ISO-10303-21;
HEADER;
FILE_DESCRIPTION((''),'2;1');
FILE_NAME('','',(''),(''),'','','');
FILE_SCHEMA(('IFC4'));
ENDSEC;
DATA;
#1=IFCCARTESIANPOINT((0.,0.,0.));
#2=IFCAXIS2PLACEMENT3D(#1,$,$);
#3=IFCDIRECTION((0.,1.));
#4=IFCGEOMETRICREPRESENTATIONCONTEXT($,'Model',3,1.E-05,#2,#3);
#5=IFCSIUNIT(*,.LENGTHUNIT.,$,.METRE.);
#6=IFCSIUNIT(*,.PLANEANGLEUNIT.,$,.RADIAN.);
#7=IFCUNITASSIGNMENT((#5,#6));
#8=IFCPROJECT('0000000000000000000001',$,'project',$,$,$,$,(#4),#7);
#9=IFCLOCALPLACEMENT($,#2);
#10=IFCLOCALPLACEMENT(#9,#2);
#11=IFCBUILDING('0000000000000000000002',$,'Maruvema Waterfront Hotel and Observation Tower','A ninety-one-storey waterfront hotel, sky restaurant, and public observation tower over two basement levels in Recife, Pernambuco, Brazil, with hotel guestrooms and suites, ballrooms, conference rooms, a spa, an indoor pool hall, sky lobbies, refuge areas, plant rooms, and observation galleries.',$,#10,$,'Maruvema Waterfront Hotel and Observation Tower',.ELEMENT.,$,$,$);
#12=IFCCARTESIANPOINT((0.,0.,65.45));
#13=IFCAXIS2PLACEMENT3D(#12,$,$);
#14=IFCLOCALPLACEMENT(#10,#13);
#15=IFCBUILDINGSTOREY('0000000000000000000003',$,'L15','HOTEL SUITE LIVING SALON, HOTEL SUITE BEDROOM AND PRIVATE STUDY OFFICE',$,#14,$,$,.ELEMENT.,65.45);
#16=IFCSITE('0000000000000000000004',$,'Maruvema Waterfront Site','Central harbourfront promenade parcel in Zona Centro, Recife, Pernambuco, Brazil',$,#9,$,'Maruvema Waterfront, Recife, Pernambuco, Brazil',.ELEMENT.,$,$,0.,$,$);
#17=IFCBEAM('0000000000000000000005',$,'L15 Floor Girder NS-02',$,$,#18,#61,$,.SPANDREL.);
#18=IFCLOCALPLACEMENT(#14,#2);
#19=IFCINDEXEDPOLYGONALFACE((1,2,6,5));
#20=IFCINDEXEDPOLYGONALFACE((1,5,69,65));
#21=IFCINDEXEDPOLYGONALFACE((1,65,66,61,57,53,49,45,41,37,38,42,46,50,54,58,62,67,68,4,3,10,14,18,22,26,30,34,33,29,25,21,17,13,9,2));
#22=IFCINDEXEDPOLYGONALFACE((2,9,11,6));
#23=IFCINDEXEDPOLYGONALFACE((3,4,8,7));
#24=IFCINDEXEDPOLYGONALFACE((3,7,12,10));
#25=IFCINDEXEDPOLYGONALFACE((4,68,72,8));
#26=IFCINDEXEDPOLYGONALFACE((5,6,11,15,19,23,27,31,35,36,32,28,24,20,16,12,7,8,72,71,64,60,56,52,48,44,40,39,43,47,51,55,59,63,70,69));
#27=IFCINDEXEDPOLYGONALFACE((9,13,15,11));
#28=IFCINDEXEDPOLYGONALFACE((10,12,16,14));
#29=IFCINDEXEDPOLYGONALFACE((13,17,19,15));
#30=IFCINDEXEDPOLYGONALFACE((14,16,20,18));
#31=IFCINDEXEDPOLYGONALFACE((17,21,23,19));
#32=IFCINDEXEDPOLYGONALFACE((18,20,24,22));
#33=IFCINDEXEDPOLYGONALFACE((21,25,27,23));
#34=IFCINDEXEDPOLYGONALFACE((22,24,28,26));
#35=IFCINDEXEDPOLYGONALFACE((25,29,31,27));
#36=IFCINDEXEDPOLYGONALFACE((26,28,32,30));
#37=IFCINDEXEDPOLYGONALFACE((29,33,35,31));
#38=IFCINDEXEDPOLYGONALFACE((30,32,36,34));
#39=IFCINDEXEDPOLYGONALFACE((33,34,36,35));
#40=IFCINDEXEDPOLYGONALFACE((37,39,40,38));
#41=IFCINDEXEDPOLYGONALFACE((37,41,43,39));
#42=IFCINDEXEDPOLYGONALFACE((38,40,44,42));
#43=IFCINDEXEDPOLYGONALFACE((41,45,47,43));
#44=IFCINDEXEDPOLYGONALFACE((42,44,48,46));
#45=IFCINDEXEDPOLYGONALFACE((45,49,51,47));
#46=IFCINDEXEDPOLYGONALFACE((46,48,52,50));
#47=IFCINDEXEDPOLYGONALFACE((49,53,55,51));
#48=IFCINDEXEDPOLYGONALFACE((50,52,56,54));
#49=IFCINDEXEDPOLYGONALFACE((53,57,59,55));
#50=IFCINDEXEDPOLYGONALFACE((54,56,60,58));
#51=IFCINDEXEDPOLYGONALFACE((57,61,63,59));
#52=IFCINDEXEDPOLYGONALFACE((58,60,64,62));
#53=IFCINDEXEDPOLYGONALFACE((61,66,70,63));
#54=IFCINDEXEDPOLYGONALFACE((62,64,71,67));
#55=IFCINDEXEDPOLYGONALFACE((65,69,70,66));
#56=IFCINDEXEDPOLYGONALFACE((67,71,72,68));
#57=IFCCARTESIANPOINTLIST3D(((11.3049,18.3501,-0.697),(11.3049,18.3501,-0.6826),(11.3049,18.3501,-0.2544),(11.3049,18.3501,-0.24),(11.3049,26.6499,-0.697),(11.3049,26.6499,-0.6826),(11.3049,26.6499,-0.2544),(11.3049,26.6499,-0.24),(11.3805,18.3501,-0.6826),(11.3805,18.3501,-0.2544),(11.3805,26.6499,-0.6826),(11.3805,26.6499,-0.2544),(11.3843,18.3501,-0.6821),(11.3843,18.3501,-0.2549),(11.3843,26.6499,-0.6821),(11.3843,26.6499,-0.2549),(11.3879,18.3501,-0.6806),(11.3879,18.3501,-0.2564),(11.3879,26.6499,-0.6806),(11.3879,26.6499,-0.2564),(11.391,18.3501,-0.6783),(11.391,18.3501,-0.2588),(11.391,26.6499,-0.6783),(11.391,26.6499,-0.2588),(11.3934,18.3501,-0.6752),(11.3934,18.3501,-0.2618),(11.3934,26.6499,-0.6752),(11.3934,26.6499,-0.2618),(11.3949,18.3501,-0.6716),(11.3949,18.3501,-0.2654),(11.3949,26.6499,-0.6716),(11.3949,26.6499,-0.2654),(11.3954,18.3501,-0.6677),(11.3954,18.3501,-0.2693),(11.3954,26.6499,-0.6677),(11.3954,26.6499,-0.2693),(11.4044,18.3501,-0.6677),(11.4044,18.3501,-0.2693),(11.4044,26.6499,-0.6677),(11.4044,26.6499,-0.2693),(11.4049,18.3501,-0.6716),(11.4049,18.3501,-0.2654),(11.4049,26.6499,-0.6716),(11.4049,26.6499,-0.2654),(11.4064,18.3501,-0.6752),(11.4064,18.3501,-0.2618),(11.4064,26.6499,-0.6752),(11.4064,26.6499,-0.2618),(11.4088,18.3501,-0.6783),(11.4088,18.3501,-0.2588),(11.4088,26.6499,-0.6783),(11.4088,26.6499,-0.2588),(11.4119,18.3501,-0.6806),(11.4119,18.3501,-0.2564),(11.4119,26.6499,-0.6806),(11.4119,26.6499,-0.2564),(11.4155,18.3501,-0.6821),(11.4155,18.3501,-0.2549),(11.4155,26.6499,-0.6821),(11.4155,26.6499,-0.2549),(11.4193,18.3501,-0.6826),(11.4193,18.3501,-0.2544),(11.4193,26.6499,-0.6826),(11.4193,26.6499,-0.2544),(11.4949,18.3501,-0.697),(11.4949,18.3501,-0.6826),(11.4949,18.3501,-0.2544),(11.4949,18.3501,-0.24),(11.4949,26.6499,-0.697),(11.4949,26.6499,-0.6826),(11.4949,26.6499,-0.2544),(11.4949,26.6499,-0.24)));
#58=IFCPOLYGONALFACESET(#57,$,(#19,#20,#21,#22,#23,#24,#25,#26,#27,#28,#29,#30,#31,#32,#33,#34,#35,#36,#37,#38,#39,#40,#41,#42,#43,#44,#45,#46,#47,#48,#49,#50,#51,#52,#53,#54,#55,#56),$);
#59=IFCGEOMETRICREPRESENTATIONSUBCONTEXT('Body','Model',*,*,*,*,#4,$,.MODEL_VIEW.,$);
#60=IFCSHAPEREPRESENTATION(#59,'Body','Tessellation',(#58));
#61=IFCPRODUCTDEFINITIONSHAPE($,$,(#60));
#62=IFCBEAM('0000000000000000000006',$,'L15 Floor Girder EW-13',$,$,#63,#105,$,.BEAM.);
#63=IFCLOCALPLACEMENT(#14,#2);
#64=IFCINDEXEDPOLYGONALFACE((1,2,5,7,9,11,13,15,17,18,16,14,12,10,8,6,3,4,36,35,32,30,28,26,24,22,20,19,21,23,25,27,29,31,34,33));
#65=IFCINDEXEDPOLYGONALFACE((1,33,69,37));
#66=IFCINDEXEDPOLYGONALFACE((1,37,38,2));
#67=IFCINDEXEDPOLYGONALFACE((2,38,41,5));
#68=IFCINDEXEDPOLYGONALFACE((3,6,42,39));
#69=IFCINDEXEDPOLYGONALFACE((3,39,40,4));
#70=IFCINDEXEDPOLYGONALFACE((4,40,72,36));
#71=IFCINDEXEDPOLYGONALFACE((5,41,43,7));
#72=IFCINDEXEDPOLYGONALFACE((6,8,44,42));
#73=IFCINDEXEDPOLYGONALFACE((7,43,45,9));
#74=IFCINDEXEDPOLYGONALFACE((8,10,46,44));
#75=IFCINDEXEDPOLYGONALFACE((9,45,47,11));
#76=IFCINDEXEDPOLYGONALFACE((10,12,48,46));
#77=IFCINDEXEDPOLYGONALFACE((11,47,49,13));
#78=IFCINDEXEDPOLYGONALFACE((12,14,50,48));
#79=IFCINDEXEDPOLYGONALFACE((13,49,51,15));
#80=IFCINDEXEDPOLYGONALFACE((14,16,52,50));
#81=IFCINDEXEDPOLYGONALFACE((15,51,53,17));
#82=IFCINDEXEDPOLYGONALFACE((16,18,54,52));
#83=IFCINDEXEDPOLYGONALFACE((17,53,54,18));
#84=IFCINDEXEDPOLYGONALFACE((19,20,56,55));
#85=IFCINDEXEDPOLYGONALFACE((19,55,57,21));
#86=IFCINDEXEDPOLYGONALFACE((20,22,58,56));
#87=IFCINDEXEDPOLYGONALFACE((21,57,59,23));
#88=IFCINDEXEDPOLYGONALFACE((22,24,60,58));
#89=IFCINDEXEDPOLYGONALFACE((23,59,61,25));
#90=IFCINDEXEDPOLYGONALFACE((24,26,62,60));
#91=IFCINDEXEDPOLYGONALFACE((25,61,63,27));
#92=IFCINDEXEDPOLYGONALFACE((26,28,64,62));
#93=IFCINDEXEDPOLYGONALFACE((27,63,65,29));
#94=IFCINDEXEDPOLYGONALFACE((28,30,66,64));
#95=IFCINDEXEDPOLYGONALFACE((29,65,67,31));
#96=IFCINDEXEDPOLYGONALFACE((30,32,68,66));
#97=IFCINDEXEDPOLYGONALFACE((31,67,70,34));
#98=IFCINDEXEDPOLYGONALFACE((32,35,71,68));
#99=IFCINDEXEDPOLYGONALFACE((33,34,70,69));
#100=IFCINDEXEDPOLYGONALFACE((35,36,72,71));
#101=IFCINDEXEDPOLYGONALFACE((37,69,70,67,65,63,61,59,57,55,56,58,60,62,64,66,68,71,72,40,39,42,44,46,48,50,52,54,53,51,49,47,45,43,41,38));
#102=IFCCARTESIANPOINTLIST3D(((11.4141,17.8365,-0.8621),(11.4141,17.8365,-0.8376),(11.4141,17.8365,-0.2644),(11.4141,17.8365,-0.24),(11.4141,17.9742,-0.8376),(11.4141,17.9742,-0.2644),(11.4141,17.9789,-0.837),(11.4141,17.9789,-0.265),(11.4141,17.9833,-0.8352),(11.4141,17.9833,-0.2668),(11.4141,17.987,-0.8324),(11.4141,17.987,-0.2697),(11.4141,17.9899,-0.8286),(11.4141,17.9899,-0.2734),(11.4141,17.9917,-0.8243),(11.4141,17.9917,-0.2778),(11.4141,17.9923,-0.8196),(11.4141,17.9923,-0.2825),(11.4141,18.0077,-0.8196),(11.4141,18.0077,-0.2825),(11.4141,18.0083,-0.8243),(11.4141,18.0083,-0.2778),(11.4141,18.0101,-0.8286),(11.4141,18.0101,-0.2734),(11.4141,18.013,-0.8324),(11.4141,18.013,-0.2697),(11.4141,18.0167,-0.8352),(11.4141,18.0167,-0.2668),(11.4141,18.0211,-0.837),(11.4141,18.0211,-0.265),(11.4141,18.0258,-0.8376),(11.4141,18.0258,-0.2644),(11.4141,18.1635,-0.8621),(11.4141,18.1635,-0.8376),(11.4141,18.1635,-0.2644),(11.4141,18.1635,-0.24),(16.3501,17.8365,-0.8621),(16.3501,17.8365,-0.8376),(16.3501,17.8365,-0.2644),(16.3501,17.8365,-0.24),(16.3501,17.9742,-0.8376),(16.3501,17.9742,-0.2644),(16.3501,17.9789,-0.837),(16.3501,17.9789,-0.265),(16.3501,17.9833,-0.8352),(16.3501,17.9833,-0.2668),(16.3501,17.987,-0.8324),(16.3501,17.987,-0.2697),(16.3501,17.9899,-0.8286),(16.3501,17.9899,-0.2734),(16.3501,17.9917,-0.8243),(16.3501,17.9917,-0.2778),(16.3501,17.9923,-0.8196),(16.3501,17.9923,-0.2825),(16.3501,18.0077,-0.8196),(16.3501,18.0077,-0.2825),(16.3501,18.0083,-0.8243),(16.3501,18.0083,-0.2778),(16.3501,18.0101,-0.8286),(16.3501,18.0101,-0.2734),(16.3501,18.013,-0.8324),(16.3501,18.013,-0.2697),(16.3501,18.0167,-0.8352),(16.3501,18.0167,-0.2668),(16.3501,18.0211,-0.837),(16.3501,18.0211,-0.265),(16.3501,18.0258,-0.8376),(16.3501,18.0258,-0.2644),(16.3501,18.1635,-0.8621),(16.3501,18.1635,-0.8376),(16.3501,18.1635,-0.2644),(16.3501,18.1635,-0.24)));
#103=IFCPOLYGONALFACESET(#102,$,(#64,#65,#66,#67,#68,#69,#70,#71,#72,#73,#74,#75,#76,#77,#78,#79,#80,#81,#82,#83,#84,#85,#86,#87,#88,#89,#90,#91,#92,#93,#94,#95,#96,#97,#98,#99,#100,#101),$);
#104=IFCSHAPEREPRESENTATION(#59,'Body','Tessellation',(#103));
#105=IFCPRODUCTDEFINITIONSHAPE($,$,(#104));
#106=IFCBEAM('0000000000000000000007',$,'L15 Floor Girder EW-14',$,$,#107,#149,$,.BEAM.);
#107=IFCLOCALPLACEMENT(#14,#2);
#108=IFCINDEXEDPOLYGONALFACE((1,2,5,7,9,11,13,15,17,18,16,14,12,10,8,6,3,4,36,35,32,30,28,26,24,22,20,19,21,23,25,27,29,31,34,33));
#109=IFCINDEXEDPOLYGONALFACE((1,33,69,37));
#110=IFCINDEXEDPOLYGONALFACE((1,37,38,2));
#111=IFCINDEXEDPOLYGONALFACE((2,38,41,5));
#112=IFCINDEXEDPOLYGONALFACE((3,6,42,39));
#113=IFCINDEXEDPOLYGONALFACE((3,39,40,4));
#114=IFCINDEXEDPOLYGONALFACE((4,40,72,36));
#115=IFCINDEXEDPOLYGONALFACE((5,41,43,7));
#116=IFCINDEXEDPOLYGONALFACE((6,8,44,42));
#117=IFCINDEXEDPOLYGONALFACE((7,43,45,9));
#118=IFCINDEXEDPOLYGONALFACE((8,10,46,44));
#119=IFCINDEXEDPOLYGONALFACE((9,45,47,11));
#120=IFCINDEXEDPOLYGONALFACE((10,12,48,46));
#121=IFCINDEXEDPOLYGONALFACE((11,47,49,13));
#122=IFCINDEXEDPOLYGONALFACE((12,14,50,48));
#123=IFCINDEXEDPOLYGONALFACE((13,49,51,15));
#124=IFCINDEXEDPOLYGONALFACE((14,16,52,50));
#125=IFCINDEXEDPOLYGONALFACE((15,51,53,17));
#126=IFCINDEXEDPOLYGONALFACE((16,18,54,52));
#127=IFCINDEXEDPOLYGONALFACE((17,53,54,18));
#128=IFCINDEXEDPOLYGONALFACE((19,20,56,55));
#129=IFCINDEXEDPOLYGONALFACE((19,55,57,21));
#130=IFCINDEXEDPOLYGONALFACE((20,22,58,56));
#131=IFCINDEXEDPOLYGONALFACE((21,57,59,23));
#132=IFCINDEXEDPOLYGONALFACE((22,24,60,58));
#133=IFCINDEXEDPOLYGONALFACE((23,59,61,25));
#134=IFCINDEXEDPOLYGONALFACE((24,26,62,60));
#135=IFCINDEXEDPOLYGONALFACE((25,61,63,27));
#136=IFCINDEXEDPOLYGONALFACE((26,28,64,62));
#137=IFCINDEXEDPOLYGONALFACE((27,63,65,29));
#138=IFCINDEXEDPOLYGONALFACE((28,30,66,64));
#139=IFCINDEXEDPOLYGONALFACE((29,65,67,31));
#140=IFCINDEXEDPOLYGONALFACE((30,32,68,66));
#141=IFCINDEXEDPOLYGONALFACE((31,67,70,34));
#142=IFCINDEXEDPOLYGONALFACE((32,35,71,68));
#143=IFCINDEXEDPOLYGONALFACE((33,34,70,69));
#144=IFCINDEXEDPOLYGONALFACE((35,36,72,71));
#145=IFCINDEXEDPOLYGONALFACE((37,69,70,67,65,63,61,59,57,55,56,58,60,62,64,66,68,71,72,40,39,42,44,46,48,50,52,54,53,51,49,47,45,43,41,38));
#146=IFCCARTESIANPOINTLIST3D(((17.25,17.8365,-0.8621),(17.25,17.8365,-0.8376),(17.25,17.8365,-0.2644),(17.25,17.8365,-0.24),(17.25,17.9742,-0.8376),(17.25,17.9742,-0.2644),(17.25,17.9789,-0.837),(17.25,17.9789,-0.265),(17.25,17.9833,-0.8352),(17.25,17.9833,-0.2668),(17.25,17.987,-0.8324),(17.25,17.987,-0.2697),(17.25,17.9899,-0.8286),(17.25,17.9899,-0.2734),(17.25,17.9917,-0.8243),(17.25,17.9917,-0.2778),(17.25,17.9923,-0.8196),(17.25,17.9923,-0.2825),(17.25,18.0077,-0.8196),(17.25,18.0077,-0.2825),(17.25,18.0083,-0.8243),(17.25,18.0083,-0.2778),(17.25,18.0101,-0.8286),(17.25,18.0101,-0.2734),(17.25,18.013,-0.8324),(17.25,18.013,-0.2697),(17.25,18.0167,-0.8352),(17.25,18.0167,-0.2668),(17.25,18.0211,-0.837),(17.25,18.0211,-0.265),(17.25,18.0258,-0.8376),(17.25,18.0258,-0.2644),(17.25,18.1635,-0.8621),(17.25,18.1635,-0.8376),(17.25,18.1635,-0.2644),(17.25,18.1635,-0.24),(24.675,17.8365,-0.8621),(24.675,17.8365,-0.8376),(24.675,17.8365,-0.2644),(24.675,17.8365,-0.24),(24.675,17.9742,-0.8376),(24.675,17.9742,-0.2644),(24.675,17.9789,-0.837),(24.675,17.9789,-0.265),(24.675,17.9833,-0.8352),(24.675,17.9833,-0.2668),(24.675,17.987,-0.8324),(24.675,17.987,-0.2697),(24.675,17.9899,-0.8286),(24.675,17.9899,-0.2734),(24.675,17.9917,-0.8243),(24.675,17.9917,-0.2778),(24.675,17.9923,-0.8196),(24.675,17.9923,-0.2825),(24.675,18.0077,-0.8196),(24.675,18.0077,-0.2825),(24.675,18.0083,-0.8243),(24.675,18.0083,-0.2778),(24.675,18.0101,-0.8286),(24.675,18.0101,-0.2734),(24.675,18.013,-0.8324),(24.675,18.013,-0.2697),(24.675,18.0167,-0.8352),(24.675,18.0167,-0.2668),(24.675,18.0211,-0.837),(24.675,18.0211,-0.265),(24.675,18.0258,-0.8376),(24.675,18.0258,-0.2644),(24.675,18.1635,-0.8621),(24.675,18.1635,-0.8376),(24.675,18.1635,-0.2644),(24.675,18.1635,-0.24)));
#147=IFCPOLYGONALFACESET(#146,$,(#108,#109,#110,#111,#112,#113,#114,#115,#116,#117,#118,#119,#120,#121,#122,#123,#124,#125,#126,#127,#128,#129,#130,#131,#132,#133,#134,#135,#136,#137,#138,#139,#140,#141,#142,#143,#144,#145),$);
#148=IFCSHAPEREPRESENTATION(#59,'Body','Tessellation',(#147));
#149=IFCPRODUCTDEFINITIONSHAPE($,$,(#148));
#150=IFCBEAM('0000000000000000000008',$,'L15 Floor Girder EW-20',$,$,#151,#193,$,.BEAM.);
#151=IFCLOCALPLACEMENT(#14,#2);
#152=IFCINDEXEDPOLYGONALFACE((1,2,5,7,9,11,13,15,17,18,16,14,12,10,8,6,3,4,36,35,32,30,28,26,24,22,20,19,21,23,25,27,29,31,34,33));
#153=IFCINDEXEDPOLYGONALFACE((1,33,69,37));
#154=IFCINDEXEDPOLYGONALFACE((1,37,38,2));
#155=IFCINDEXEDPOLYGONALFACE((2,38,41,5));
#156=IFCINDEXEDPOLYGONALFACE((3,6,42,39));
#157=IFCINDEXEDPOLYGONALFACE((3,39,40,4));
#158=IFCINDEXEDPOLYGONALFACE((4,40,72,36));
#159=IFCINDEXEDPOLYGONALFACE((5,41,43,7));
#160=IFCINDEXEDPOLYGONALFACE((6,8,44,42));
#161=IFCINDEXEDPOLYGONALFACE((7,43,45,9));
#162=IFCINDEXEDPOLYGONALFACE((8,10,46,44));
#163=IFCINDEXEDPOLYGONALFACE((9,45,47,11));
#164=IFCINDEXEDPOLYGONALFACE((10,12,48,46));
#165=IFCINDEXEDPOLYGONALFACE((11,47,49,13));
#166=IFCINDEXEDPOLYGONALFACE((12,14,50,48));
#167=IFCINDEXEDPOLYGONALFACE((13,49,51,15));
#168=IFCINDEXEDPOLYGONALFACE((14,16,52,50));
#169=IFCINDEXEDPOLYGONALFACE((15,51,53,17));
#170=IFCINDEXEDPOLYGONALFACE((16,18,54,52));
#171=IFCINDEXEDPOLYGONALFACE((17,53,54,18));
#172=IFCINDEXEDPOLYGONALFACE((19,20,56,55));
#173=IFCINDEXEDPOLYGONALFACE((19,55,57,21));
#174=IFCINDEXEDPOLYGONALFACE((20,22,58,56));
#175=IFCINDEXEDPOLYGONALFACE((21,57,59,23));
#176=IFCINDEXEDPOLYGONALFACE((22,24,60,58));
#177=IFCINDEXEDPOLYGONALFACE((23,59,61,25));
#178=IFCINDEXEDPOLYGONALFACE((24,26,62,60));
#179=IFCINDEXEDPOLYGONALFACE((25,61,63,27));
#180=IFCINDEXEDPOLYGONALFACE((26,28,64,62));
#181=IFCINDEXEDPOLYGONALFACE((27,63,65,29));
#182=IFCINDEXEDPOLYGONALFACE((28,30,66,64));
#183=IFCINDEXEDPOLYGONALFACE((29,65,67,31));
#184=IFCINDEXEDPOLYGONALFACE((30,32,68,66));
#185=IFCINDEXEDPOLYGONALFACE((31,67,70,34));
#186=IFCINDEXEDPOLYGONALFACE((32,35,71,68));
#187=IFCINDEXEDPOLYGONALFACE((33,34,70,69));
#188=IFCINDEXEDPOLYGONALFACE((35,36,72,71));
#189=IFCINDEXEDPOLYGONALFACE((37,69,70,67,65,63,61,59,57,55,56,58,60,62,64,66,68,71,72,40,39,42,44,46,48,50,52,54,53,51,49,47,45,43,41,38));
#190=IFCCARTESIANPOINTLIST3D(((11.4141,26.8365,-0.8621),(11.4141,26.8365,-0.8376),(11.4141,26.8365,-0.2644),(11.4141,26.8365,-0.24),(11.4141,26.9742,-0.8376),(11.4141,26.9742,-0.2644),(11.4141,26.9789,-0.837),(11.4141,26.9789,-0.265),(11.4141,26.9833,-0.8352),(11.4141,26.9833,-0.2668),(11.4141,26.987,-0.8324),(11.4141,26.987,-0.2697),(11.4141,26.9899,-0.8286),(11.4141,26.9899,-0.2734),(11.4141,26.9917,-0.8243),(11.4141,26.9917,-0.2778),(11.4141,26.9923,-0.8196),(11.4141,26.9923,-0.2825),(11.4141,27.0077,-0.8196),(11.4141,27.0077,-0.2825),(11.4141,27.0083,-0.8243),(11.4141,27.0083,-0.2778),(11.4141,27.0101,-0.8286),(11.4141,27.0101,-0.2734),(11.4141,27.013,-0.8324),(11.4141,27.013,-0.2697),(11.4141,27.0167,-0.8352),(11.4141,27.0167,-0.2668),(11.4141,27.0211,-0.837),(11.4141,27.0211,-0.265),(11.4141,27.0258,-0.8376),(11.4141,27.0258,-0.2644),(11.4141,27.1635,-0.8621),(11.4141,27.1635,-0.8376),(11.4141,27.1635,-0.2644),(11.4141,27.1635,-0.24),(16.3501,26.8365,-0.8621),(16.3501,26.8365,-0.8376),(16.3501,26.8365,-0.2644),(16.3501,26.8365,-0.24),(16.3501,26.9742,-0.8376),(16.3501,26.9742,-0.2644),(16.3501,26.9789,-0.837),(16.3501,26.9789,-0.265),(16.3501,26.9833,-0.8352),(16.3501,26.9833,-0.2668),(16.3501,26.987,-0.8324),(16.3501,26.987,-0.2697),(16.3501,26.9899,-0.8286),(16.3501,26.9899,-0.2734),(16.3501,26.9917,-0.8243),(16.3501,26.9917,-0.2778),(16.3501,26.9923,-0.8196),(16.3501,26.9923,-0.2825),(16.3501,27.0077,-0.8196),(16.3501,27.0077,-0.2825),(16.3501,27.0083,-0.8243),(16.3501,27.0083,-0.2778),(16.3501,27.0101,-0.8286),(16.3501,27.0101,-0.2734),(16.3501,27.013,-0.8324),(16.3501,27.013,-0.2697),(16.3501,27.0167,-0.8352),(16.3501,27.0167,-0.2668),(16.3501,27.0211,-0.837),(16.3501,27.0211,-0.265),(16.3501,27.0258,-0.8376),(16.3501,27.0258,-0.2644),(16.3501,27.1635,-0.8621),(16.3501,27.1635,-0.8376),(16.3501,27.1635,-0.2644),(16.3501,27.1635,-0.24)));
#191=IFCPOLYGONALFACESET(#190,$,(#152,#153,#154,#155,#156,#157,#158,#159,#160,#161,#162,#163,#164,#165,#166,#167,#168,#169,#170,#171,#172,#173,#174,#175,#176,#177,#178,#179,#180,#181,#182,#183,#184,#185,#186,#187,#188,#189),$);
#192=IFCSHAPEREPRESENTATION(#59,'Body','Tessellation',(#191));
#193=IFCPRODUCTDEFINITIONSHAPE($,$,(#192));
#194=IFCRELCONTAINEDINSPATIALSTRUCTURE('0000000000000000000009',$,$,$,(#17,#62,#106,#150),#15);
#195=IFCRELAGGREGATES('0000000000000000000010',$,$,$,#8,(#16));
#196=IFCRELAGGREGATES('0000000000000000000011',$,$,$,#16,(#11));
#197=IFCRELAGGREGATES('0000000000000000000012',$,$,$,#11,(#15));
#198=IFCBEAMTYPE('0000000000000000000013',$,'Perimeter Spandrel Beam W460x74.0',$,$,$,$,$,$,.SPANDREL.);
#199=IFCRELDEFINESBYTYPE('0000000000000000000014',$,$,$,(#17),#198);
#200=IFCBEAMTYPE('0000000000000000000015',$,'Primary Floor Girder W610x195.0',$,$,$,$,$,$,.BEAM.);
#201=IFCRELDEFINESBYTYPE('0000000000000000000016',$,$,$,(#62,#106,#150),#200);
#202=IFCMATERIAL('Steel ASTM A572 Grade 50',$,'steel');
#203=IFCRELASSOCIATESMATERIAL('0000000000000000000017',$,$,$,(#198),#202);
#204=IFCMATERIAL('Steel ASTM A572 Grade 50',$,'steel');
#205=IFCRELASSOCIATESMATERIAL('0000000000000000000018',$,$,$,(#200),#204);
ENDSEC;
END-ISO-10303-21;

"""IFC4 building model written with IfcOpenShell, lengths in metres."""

from ifc_helpers import new_model, si_unit, direction, frame, origin, origin_2d, place, context, subcontext, project, spatial, i_section, extrude, material, material_profile, profile_set, type_object, element, save


model = new_model("IFC4")

# Units and contexts
model_context = context("Model", 3, precision=1e-05, world=origin(), true_north=direction((0.0, 1.0)))
body_context = subcontext(model_context, "Body", "Model", "MODEL_VIEW")
ifc_project = project(units=[si_unit("LENGTHUNIT", "METRE"), si_unit("PLANEANGLEUNIT", "RADIAN")], contexts=[model_context])

# Site, building, storey
site_placement = place(None, origin())
site = spatial("IfcSite", under=ifc_project, at=site_placement, Name="Maruvema Waterfront Site", Description="Central harbourfront promenade parcel in Zona Centro, Recife, Pernambuco, Brazil", LongName="Maruvema Waterfront, Recife, Pernambuco, Brazil", CompositionType="ELEMENT", RefElevation=0.0)
building_placement = place(site_placement, origin())
building = spatial("IfcBuilding", under=site, at=building_placement, Name="Maruvema Waterfront Hotel and Observation Tower", Description="A ninety-one-storey waterfront hotel, sky restaurant, and public observation tower over two basement levels in Recife, Pernambuco, Brazil, with hotel guestrooms and suites, ballrooms, conference rooms, a spa, an indoor pool hall, sky lobbies, refuge areas, plant rooms, and observation galleries.", LongName="Maruvema Waterfront Hotel and Observation Tower", CompositionType="ELEMENT")
storey_placement = place(building_placement, frame((0.0, 0.0, 65.45)))
storey = spatial("IfcBuildingStorey", under=building, at=storey_placement, Name="L15", Description="HOTEL SUITE LIVING SALON, HOTEL SUITE BEDROOM AND PRIVATE STUDY OFFICE", CompositionType="ELEMENT", Elevation=65.45)

# Beams
ifc_material_1 = material(Name="Steel ASTM A572 Grade 50", Category="steel")
ifc_material_profile_1 = material_profile(ifc_material_1, i_section(OverallWidth=0.1899, OverallDepth=0.457, WebThickness=0.009, FlangeThickness=0.0144, FilletRadius=0.0149, at=origin_2d()), Name="W460x74.0")
ifc_profile_set_1 = profile_set([ifc_material_profile_1], Name="Steel ASTM A572 Grade 50")
beam_type_1 = type_object("IfcBeamType", Name="Perimeter Spandrel Beam W460x74.0", PredefinedType="SPANDREL", material=ifc_profile_set_1)
beam_1_placement = place(storey_placement, frame((11.3999, 18.3501, -0.4685), z_axis=(0.0, 1.0, 0.0), x_axis=(-1.0, 0.0, 0.0)))
element("IfcBeam", 1, at=beam_1_placement, inside=storey, type_object=beam_type_1, Name="L15 Floor Girder NS-02", PredefinedType="SPANDREL", context=body_context, shape_type="SweptSolid", body=[
    extrude(i_section(OverallWidth=0.1899, OverallDepth=0.457, WebThickness=0.009, FlangeThickness=0.0144, FilletRadius=0.0149, at=origin_2d()), origin(), (0.0, 0.0, 1.0), 8.2998),
])
ifc_material_2 = material(Name="Steel ASTM A572 Grade 50", Category="steel")
ifc_material_profile_2 = material_profile(ifc_material_2, i_section(OverallWidth=0.3269, OverallDepth=0.6221, WebThickness=0.0154, FlangeThickness=0.0244, FilletRadius=0.0181, at=origin_2d()), Name="W610x195.0")
ifc_profile_set_2 = profile_set([ifc_material_profile_2], Name="Steel ASTM A572 Grade 50")
beam_type_2 = type_object("IfcBeamType", Name="Primary Floor Girder W610x195.0", PredefinedType="BEAM", material=ifc_profile_set_2)
beam_2_placement = place(storey_placement, frame((11.4141, 18.0, -0.551), z_axis=(1.0, 0.0, 0.0), x_axis=(0.0, 1.0, 0.0)))
element("IfcBeam", 2, at=beam_2_placement, inside=storey, type_object=beam_type_2, Name="L15 Floor Girder EW-13", PredefinedType="BEAM", context=body_context, shape_type="SweptSolid", body=[
    extrude(i_section(OverallWidth=0.3269, OverallDepth=0.6221, WebThickness=0.0154, FlangeThickness=0.0244, FilletRadius=0.0181, at=origin_2d()), origin(), (0.0, 0.0, 1.0), 4.936),
])
beam_3_placement = place(storey_placement, frame((17.25, 18.0, -0.551), z_axis=(1.0, 0.0, 0.0), x_axis=(0.0, 1.0, 0.0)))
element("IfcBeam", 3, at=beam_3_placement, inside=storey, type_object=beam_type_2, Name="L15 Floor Girder EW-14", PredefinedType="BEAM", context=body_context, shape_type="SweptSolid", body=[
    extrude(i_section(OverallWidth=0.3269, OverallDepth=0.6221, WebThickness=0.0154, FlangeThickness=0.0244, FilletRadius=0.0181, at=origin_2d()), origin(), (0.0, 0.0, 1.0), 7.425),
])
beam_4_placement = place(storey_placement, frame((11.4141, 27.0, -0.551), z_axis=(1.0, 0.0, 0.0), x_axis=(0.0, 1.0, 0.0)))
element("IfcBeam", 4, at=beam_4_placement, inside=storey, type_object=beam_type_2, Name="L15 Floor Girder EW-20", PredefinedType="BEAM", context=body_context, shape_type="SweptSolid", body=[
    extrude(i_section(OverallWidth=0.3269, OverallDepth=0.6221, WebThickness=0.0154, FlangeThickness=0.0244, FilletRadius=0.0181, at=origin_2d()), origin(), (0.0, 0.0, 1.0), 4.936),
])

save(model, "model.ifc")
